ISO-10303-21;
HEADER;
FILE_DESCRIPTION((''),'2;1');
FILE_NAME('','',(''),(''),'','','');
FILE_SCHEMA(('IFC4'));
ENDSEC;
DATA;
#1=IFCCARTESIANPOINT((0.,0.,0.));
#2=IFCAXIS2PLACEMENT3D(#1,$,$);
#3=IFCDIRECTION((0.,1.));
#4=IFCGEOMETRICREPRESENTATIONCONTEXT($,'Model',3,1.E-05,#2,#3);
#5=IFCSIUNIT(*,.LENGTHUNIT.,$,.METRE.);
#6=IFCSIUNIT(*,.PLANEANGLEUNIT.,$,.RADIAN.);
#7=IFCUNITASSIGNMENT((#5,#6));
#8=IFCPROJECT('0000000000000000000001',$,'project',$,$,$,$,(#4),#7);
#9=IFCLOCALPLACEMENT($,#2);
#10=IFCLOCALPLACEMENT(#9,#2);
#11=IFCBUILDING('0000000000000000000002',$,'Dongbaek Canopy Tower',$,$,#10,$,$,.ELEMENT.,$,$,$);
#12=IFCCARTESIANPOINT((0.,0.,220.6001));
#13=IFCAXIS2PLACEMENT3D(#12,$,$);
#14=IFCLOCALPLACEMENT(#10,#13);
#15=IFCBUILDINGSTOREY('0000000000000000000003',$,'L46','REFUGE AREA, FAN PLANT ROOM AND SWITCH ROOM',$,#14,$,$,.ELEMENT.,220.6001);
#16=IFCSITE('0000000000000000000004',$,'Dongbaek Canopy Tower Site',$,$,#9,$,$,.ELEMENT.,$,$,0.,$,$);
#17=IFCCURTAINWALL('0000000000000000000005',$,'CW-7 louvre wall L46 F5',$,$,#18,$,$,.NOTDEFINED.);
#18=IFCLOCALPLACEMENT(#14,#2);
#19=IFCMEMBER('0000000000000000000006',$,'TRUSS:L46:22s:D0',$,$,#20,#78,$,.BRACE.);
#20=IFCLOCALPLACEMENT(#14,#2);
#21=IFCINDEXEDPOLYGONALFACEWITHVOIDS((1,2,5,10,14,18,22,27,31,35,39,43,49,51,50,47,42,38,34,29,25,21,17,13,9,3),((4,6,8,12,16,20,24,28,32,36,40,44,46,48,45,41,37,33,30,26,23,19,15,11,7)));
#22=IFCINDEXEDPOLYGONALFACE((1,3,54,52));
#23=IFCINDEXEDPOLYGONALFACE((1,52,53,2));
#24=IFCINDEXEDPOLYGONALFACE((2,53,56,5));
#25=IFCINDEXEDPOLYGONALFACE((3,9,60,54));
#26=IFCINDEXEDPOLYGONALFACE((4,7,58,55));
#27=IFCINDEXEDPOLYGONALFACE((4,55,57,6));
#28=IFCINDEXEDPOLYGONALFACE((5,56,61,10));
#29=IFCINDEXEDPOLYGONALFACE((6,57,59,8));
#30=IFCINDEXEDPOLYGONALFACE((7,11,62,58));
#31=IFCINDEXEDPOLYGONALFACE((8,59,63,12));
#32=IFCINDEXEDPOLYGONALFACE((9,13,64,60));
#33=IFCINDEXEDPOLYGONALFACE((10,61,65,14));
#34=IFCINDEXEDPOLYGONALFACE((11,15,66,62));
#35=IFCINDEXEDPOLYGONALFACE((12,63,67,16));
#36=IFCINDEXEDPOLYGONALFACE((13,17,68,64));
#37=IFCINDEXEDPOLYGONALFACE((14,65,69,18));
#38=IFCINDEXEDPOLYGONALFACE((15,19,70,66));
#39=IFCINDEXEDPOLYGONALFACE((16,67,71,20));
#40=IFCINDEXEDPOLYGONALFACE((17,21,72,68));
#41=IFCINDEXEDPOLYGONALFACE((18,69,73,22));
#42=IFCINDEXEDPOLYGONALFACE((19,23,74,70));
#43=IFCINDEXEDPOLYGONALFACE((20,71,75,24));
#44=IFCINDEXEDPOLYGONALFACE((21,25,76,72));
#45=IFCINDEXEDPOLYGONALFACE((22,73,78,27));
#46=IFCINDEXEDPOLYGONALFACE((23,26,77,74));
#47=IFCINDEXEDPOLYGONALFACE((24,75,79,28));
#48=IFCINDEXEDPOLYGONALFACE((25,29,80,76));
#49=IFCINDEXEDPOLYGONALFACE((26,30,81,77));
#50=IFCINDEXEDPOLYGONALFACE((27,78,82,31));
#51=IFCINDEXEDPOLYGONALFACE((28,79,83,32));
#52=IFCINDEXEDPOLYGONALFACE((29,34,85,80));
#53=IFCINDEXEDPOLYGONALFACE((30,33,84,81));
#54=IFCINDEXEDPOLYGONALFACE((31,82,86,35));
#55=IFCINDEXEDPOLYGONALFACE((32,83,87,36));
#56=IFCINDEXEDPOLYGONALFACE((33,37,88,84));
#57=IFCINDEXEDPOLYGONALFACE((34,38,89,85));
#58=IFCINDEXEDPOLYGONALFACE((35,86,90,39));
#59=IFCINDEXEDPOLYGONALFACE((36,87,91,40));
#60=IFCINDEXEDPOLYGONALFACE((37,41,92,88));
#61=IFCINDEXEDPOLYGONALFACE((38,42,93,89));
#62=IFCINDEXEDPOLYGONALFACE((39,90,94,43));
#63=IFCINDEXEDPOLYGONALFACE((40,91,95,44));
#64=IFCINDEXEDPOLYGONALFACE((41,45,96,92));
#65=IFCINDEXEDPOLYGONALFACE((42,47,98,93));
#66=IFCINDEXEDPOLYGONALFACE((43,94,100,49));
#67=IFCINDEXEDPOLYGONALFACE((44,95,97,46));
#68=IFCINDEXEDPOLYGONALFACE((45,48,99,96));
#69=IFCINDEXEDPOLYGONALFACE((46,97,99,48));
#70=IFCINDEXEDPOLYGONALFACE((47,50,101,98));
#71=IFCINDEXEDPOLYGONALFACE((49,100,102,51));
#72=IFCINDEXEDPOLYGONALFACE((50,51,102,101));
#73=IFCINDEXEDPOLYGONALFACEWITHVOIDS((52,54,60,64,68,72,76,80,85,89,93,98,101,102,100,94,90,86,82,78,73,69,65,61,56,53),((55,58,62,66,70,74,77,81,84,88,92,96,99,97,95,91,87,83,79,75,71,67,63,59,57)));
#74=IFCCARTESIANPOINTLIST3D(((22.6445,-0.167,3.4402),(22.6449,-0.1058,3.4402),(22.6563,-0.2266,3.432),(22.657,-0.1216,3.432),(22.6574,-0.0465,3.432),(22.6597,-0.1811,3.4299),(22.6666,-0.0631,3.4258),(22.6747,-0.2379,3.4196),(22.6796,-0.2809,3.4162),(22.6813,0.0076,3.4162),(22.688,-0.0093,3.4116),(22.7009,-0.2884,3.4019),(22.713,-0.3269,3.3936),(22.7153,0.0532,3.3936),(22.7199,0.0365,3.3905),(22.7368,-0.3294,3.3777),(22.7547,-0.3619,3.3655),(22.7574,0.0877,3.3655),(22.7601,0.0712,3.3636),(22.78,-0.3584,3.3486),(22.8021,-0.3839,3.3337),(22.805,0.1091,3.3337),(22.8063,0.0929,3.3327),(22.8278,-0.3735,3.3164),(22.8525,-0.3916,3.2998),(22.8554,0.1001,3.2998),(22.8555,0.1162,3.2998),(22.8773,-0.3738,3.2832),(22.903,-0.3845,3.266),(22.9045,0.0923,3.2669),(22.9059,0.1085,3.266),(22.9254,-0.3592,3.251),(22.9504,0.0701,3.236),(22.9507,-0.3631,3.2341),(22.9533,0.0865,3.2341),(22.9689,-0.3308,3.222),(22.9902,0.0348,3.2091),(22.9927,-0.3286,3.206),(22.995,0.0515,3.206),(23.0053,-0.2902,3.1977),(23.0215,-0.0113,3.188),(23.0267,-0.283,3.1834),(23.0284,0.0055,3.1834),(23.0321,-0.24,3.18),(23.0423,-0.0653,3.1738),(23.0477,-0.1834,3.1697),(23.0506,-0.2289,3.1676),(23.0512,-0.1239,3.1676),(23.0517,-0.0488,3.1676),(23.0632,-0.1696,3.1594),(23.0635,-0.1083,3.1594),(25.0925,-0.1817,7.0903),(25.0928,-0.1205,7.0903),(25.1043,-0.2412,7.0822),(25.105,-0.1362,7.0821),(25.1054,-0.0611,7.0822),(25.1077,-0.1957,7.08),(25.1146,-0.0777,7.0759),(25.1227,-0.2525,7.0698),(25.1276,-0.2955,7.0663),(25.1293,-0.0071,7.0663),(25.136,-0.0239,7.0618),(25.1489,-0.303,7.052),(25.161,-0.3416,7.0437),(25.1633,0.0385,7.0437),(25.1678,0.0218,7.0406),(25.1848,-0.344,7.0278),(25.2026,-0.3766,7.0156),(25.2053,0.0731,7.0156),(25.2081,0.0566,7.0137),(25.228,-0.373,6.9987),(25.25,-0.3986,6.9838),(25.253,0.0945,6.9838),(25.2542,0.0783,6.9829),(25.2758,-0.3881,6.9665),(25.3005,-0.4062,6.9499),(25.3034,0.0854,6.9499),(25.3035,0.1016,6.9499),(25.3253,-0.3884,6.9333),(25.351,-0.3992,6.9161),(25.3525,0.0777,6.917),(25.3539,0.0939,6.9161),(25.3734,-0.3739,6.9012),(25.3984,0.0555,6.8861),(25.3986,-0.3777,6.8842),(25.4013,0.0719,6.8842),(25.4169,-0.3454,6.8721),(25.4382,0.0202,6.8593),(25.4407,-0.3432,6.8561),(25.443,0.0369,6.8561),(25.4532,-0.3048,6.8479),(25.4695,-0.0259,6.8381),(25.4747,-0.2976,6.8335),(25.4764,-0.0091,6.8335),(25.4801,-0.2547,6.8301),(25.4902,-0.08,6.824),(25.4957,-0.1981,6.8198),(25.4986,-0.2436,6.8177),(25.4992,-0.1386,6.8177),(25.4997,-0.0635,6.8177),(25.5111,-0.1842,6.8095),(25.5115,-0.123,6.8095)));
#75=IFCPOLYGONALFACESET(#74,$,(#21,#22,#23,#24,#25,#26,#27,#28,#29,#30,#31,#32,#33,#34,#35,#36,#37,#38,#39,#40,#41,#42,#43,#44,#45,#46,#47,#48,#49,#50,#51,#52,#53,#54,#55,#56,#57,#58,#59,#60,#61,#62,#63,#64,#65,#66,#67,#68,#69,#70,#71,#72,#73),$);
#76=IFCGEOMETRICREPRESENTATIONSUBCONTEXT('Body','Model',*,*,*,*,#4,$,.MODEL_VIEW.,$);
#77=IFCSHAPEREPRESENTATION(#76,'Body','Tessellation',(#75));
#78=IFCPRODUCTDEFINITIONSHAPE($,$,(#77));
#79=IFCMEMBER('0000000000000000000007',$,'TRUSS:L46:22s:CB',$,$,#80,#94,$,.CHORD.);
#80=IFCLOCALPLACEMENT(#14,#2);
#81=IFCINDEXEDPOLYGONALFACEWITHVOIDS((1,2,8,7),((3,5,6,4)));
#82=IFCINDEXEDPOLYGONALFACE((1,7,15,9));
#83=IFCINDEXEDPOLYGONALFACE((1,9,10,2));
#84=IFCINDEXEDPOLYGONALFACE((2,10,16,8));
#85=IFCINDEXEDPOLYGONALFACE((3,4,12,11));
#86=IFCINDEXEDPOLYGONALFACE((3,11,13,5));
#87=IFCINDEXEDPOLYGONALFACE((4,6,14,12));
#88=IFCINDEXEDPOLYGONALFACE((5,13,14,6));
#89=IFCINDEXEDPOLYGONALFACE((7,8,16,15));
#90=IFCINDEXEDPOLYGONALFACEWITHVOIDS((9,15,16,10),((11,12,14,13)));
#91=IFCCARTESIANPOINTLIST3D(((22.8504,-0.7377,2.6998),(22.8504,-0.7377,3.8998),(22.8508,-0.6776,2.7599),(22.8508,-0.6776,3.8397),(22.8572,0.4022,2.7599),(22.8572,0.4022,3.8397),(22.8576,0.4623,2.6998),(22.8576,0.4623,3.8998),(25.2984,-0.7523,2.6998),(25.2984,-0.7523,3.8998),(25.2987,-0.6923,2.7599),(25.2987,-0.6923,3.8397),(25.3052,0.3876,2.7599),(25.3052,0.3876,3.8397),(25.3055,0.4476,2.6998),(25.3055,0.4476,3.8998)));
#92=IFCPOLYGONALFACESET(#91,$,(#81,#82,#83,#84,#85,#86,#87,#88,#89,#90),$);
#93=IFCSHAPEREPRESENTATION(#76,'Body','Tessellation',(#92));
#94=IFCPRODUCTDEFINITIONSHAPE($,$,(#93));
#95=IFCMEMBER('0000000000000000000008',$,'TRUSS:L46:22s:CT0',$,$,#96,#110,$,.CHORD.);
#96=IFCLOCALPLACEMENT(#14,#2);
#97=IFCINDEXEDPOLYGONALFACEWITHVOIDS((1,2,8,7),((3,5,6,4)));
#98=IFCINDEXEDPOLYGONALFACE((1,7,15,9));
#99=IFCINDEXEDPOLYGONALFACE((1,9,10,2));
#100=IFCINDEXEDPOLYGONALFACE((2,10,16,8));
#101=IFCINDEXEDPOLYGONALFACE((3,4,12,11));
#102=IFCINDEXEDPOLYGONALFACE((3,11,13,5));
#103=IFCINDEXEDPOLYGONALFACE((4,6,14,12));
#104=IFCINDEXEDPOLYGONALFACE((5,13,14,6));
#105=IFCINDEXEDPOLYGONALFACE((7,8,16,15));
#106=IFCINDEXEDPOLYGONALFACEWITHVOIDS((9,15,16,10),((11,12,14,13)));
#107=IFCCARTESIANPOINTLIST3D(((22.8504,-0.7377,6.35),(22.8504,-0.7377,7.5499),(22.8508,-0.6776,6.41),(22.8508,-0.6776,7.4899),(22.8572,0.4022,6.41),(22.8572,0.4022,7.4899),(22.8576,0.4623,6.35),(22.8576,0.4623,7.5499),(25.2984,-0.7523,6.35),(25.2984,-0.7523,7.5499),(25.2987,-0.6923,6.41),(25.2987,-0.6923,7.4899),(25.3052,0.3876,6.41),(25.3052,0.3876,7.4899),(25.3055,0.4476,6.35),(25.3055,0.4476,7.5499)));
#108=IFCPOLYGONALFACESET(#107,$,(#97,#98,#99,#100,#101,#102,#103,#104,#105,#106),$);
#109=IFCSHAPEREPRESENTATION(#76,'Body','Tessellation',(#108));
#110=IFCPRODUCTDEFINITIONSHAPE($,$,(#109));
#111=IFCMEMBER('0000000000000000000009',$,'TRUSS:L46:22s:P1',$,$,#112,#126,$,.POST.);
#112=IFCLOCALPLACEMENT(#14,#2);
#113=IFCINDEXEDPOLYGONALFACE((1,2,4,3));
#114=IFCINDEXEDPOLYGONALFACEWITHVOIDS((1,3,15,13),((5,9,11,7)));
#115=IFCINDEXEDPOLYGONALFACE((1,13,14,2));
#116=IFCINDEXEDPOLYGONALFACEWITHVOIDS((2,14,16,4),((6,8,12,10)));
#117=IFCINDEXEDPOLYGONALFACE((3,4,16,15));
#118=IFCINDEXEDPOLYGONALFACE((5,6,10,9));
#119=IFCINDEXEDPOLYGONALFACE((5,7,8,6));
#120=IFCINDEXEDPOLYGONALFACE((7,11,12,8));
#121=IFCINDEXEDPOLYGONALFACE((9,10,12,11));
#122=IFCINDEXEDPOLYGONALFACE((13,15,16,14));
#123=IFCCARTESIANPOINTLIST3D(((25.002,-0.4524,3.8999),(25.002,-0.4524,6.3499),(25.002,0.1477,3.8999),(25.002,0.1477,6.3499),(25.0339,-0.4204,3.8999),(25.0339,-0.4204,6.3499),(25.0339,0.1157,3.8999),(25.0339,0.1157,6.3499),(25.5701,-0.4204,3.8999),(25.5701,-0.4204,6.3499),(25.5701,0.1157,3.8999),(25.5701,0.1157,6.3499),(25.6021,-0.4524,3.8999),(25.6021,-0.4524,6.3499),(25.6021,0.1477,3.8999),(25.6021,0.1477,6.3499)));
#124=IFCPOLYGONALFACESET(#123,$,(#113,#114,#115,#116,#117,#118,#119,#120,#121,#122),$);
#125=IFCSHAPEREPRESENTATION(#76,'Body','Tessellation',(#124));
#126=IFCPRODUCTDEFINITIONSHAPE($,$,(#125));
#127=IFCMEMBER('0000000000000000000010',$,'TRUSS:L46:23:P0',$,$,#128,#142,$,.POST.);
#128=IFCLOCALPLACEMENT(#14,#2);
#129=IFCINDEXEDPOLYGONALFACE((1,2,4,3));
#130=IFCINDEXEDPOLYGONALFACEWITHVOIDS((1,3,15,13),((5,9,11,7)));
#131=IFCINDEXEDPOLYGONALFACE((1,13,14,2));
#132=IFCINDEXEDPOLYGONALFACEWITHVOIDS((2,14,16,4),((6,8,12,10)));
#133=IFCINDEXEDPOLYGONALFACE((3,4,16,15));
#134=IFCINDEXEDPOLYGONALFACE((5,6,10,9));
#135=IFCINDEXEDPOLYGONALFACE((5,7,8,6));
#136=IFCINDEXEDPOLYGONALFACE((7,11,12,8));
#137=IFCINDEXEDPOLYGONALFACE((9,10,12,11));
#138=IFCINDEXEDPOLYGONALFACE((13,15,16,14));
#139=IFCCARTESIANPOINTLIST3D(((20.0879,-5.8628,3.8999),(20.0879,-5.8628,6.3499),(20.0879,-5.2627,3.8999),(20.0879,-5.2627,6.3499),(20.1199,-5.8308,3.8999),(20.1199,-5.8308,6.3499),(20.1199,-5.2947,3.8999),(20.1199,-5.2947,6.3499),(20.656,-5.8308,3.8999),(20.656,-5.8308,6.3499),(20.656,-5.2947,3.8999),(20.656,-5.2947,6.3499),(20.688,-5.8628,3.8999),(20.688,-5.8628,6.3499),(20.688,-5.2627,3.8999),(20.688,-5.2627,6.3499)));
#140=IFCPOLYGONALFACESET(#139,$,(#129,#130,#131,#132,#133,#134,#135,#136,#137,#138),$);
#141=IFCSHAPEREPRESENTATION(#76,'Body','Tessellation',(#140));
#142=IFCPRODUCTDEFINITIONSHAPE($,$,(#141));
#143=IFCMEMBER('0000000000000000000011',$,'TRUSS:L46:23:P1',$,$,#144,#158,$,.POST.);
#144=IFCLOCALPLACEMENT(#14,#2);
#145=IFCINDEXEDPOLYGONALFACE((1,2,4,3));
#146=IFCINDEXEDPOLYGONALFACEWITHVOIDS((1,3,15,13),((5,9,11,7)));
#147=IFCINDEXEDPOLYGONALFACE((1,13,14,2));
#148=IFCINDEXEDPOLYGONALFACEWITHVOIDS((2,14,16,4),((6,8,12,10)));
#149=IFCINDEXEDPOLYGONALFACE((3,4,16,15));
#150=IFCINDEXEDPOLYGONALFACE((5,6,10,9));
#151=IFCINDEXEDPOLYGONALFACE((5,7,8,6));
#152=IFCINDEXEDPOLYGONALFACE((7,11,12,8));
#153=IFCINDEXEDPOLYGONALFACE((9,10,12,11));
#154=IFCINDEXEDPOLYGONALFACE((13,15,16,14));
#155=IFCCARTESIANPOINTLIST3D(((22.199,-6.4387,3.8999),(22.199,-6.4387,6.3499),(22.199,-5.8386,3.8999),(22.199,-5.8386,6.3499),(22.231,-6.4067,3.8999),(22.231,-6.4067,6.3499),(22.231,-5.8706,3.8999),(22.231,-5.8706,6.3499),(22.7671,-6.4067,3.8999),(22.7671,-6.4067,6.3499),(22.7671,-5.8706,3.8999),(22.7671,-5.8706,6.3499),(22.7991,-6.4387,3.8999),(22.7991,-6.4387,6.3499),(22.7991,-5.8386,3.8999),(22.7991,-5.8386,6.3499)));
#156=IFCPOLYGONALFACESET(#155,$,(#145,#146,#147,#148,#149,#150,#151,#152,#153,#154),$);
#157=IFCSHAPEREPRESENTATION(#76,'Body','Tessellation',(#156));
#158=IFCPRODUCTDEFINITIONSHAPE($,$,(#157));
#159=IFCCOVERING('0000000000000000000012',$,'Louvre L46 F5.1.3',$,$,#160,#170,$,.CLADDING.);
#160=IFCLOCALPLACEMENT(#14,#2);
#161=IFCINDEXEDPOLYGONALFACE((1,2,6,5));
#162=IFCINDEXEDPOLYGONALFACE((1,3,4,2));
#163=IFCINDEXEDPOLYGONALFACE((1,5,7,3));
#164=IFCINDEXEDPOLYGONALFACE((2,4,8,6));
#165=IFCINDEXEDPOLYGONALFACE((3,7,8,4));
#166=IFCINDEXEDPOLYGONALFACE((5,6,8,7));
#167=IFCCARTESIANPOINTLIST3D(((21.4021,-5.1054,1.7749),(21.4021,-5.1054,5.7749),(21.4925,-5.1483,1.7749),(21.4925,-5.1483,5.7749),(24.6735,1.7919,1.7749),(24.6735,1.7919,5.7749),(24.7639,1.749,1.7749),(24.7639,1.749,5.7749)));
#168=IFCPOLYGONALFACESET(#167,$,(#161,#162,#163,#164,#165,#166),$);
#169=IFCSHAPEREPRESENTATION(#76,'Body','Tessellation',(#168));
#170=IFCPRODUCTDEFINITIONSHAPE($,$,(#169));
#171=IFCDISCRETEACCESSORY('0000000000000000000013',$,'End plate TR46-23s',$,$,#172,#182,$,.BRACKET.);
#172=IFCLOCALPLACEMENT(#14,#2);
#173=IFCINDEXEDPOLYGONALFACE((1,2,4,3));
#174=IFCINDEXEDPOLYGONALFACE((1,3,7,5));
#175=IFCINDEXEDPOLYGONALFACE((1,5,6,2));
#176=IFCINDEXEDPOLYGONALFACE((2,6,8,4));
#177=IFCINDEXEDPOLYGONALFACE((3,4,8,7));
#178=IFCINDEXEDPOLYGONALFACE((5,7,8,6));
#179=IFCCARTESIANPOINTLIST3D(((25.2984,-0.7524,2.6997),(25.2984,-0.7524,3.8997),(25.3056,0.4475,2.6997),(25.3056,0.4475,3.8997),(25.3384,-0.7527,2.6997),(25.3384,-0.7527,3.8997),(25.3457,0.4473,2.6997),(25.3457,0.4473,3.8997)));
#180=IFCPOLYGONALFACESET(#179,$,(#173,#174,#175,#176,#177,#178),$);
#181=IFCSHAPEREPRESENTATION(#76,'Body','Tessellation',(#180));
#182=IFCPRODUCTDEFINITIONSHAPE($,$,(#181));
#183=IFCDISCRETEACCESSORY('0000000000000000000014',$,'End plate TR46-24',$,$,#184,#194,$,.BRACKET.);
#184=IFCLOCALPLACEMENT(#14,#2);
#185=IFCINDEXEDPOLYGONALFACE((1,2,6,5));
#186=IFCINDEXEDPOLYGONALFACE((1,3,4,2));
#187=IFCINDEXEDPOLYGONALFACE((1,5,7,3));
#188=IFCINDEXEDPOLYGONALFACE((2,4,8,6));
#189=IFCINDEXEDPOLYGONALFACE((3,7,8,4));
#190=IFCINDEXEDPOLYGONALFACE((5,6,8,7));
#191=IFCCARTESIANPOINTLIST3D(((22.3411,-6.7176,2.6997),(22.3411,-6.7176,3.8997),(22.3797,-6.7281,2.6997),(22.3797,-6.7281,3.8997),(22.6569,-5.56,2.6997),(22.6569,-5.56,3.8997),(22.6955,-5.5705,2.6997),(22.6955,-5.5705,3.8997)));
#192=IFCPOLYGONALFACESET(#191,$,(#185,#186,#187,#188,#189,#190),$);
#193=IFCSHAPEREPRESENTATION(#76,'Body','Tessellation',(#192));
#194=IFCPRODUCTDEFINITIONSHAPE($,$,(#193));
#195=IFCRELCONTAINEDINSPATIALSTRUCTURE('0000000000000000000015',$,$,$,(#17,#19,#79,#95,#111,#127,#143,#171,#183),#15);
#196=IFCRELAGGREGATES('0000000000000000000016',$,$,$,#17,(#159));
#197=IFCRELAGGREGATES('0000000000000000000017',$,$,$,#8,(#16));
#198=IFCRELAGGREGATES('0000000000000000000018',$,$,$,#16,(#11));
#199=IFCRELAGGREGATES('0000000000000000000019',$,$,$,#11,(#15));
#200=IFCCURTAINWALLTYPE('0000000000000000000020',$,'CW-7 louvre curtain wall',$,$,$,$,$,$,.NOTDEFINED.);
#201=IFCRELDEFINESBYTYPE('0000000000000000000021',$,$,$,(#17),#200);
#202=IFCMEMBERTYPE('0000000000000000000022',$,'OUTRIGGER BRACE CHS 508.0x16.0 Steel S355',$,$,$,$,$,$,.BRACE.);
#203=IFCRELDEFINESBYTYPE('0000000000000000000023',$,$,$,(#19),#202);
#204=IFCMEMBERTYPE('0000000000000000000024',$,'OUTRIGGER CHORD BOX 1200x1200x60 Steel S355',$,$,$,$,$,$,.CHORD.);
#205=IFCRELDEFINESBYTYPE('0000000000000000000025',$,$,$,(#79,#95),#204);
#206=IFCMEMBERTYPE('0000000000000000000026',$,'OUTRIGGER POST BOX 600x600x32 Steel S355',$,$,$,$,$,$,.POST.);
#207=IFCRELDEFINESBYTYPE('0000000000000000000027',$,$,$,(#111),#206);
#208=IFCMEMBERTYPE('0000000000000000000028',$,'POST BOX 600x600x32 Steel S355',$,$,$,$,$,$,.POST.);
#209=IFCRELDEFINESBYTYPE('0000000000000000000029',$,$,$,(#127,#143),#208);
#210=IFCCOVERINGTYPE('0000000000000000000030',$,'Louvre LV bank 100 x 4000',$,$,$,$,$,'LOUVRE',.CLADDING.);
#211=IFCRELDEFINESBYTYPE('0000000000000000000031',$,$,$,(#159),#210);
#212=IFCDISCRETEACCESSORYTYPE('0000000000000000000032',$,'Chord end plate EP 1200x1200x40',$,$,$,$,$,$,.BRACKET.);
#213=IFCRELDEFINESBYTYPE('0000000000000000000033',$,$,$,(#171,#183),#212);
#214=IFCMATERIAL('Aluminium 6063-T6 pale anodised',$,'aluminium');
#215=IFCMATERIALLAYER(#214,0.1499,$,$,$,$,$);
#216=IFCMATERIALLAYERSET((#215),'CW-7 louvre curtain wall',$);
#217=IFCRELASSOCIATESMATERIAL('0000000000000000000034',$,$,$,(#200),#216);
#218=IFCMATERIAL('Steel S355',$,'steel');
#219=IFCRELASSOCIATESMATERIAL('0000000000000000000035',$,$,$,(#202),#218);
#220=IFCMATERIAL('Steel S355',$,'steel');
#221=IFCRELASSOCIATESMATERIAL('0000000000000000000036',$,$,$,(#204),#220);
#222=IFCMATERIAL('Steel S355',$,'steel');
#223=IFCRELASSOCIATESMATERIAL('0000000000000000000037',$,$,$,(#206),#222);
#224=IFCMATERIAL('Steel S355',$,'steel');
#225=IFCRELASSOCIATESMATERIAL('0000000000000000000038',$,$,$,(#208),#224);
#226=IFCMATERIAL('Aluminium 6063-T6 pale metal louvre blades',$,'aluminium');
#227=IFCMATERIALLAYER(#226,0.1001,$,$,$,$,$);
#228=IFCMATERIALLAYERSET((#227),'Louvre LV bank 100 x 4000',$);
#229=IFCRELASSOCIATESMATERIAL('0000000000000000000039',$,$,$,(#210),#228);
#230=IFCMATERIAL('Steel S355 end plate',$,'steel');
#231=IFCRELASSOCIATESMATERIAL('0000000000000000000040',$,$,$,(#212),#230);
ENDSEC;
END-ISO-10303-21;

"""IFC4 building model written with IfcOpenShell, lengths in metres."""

from ifc_helpers import new_model, si_unit, direction, frame, origin, origin_2d, place, context, subcontext, project, spatial, rectangle, hollow_rectangle, hollow_circle, extrude, material, layer, layer_set, material_profile, profile_set, type_object, element, aggregate, save


model = new_model("IFC4")

# Units and contexts
model_context = context("Model", 3, precision=1e-05, world=origin(), true_north=direction((0.0, 1.0)))
body_context = subcontext(model_context, "Body", "Model", "MODEL_VIEW")
ifc_project = project(units=[si_unit("LENGTHUNIT", "METRE"), si_unit("PLANEANGLEUNIT", "RADIAN")], contexts=[model_context])

# Site, building, storey
site_placement = place(None, origin())
site = spatial("IfcSite", under=ifc_project, at=site_placement, Name="Dongbaek Canopy Tower Site", CompositionType="ELEMENT", RefElevation=0.0)
building_placement = place(site_placement, origin())
building = spatial("IfcBuilding", under=site, at=building_placement, Name="Dongbaek Canopy Tower", CompositionType="ELEMENT")
storey_placement = place(building_placement, frame((0.0, 0.0, 220.6001)))
storey = spatial("IfcBuildingStorey", under=building, at=storey_placement, Name="L46", Description="REFUGE AREA, FAN PLANT ROOM AND SWITCH ROOM", CompositionType="ELEMENT", Elevation=220.6001)

# Curtain wall
ifc_material_1 = material(Name="Aluminium 6063-T6 pale anodised", Category="aluminium")
ifc_layer_1 = layer(ifc_material_1, 0.1499)
ifc_layer_set_1 = layer_set([ifc_layer_1], Name="CW-7 louvre curtain wall")
curtain_wall_type = type_object("IfcCurtainWallType", Name="CW-7 louvre curtain wall", PredefinedType="NOTDEFINED", material=ifc_layer_set_1)
curtain_wall_placement = place(storey_placement, origin())
curtain_wall = element("IfcCurtainWall", 1, at=curtain_wall_placement, inside=storey, type_object=curtain_wall_type, Name="CW-7 louvre wall L46 F5", PredefinedType="NOTDEFINED")

# Members
ifc_material_2 = material(Name="Steel S355", Category="steel")
ifc_material_profile_1 = material_profile(ifc_material_2, hollow_circle(Radius=0.2539, WallThickness=0.0161, at=origin_2d()), Name="OUTRIGGER BRACE CHS 508.0x16.0 Steel S355")
ifc_profile_set_1 = profile_set([ifc_material_profile_1], Name="Steel S355")
member_type_1 = type_object("IfcMemberType", Name="OUTRIGGER BRACE CHS 508.0x16.0 Steel S355", PredefinedType="BRACE", material=ifc_profile_set_1)
member_1_placement = place(storey_placement, frame((22.854, -0.1377, 3.2998), z_axis=(0.55699, -0.003333, 0.830513), x_axis=(0.005984, 0.999982, 0.0)))
element("IfcMember", 2, at=member_1_placement, inside=storey, type_object=member_type_1, Name="TRUSS:L46:22s:D0", PredefinedType="BRACE", context=body_context, shape_type="SweptSolid", body=[
    extrude(hollow_circle(Radius=0.2539, WallThickness=0.0161, at=origin_2d()), origin(), (0.0, 0.0, 1.0), 4.395),
])
ifc_material_3 = material(Name="Steel S355", Category="steel")
ifc_material_profile_2 = material_profile(ifc_material_3, hollow_rectangle(XDim=1.2, YDim=1.2, WallThickness=0.0601, at=origin_2d()), Name="OUTRIGGER CHORD BOX 1200x1200x60 Steel S355")
ifc_profile_set_2 = profile_set([ifc_material_profile_2], Name="Steel S355")
member_type_2 = type_object("IfcMemberType", Name="OUTRIGGER CHORD BOX 1200x1200x60 Steel S355", PredefinedType="CHORD", material=ifc_profile_set_2)
for number, where, z_axis, x_axis, name in (
    (3, (22.854, -0.1377, 3.2998), (0.999982, -0.005984, 0.0), (0.005984, 0.999982, 0.0), "TRUSS:L46:22s:CB"),
    (4, (22.854, -0.1377, 6.95), (0.999982, -0.005984, 0.0), (0.005984, 0.999982, 0.0), "TRUSS:L46:22s:CT0"),
):
    element("IfcMember", number, at=place(storey_placement, frame(where, z_axis=z_axis, x_axis=x_axis)), inside=storey, type_object=member_type_2, Name=name, PredefinedType="CHORD", context=body_context, shape_type="SweptSolid", body=[
        extrude(hollow_rectangle(XDim=1.2, YDim=1.2, WallThickness=0.0601, at=origin_2d()), origin(), (0.0, 0.0, 1.0), 2.448),
    ])
ifc_material_4 = material(Name="Steel S355", Category="steel")
ifc_material_profile_3 = material_profile(ifc_material_4, hollow_rectangle(XDim=0.6001, YDim=0.6001, WallThickness=0.032, at=origin_2d()), Name="OUTRIGGER POST BOX 600x600x32 Steel S355")
ifc_profile_set_3 = profile_set([ifc_material_profile_3], Name="Steel S355")
member_type_3 = type_object("IfcMemberType", Name="OUTRIGGER POST BOX 600x600x32 Steel S355", PredefinedType="POST", material=ifc_profile_set_3)
member_2_placement = place(storey_placement, frame((25.302, -0.1523, 3.8999), z_axis=(0.0, 0.0, 1.0), x_axis=(1.0, 0.0, 0.0)))
element("IfcMember", 5, at=member_2_placement, inside=storey, type_object=member_type_3, Name="TRUSS:L46:22s:P1", PredefinedType="POST", context=body_context, shape_type="SweptSolid", body=[
    extrude(hollow_rectangle(XDim=0.6001, YDim=0.6001, WallThickness=0.032, at=origin_2d()), origin(), (0.0, 0.0, 1.0), 2.45),
])
ifc_material_5 = material(Name="Steel S355", Category="steel")
ifc_material_profile_4 = material_profile(ifc_material_5, hollow_rectangle(XDim=0.6001, YDim=0.6001, WallThickness=0.032, at=origin_2d()), Name="POST BOX 600x600x32 Steel S355")
ifc_profile_set_4 = profile_set([ifc_material_profile_4], Name="Steel S355")
member_type_4 = type_object("IfcMemberType", Name="POST BOX 600x600x32 Steel S355", PredefinedType="POST", material=ifc_profile_set_4)
for number, where, z_axis, x_axis, name in (
    (6, (20.3879, -5.5627, 3.8999), (0.0, 0.0, 1.0), (1.0, 0.0, 0.0), "TRUSS:L46:23:P0"),
    (7, (22.499, -6.1387, 3.8999), (0.0, 0.0, 1.0), (1.0, 0.0, 0.0), "TRUSS:L46:23:P1"),
):
    element("IfcMember", number, at=place(storey_placement, frame(where, z_axis=z_axis, x_axis=x_axis)), inside=storey, type_object=member_type_4, Name=name, PredefinedType="POST", context=body_context, shape_type="SweptSolid", body=[
        extrude(hollow_rectangle(XDim=0.6001, YDim=0.6001, WallThickness=0.032, at=origin_2d()), origin(), (0.0, 0.0, 1.0), 2.45),
    ])

# Covering
ifc_material_6 = material(Name="Aluminium 6063-T6 pale metal louvre blades", Category="aluminium")
ifc_layer_2 = layer(ifc_material_6, 0.1001)
ifc_layer_set_2 = layer_set([ifc_layer_2], Name="Louvre LV bank 100 x 4000")
covering_type = type_object("IfcCoveringType", Name="Louvre LV bank 100 x 4000", ElementType="LOUVRE", PredefinedType="CLADDING", material=ifc_layer_set_2)
covering_placement = place(storey_placement, frame((23.083, -1.6782, 1.7749), z_axis=(0.0, 0.0, 1.0), x_axis=(0.428545, 0.90352, 0.0)))
covering = element("IfcCovering", 8, at=covering_placement, type_object=covering_type, Name="Louvre L46 F5.1.3", PredefinedType="CLADDING", context=body_context, shape_type="SweptSolid", body=[
    extrude(rectangle(XDim=7.6338, YDim=0.1001, at=origin_2d()), origin(), (0.0, 0.0, 1.0), 4.0),
])

# Discrete accessories
ifc_material_7 = material(Name="Steel S355 end plate", Category="steel")
discrete_accessory_type_1 = type_object("IfcDiscreteAccessoryType", Name="Chord end plate EP 1200x1200x40", PredefinedType="BRACKET", material=ifc_material_7)
for number, where, z_axis, x_axis, name in (
    (9, (25.322, -0.1526, 2.6997), (0.0, 0.0, 1.0), (-0.999982, 0.006021, 0.0), "End plate TR46-23s"),
    (10, (22.5183, -6.144, 2.6997), (0.0, 0.0, 1.0), (-0.964736, 0.26322, 0.0), "End plate TR46-24"),
):
    element("IfcDiscreteAccessory", number, at=place(storey_placement, frame(where, z_axis=z_axis, x_axis=x_axis)), inside=storey, type_object=discrete_accessory_type_1, Name=name, PredefinedType="BRACKET", context=body_context, shape_type="SweptSolid", body=[
        extrude(rectangle(XDim=0.04, YDim=1.2, at=origin_2d()), origin(), (0.0, 0.0, 1.0), 1.2),
    ])

aggregate(curtain_wall, [covering])

save(model, "model.ifc")
